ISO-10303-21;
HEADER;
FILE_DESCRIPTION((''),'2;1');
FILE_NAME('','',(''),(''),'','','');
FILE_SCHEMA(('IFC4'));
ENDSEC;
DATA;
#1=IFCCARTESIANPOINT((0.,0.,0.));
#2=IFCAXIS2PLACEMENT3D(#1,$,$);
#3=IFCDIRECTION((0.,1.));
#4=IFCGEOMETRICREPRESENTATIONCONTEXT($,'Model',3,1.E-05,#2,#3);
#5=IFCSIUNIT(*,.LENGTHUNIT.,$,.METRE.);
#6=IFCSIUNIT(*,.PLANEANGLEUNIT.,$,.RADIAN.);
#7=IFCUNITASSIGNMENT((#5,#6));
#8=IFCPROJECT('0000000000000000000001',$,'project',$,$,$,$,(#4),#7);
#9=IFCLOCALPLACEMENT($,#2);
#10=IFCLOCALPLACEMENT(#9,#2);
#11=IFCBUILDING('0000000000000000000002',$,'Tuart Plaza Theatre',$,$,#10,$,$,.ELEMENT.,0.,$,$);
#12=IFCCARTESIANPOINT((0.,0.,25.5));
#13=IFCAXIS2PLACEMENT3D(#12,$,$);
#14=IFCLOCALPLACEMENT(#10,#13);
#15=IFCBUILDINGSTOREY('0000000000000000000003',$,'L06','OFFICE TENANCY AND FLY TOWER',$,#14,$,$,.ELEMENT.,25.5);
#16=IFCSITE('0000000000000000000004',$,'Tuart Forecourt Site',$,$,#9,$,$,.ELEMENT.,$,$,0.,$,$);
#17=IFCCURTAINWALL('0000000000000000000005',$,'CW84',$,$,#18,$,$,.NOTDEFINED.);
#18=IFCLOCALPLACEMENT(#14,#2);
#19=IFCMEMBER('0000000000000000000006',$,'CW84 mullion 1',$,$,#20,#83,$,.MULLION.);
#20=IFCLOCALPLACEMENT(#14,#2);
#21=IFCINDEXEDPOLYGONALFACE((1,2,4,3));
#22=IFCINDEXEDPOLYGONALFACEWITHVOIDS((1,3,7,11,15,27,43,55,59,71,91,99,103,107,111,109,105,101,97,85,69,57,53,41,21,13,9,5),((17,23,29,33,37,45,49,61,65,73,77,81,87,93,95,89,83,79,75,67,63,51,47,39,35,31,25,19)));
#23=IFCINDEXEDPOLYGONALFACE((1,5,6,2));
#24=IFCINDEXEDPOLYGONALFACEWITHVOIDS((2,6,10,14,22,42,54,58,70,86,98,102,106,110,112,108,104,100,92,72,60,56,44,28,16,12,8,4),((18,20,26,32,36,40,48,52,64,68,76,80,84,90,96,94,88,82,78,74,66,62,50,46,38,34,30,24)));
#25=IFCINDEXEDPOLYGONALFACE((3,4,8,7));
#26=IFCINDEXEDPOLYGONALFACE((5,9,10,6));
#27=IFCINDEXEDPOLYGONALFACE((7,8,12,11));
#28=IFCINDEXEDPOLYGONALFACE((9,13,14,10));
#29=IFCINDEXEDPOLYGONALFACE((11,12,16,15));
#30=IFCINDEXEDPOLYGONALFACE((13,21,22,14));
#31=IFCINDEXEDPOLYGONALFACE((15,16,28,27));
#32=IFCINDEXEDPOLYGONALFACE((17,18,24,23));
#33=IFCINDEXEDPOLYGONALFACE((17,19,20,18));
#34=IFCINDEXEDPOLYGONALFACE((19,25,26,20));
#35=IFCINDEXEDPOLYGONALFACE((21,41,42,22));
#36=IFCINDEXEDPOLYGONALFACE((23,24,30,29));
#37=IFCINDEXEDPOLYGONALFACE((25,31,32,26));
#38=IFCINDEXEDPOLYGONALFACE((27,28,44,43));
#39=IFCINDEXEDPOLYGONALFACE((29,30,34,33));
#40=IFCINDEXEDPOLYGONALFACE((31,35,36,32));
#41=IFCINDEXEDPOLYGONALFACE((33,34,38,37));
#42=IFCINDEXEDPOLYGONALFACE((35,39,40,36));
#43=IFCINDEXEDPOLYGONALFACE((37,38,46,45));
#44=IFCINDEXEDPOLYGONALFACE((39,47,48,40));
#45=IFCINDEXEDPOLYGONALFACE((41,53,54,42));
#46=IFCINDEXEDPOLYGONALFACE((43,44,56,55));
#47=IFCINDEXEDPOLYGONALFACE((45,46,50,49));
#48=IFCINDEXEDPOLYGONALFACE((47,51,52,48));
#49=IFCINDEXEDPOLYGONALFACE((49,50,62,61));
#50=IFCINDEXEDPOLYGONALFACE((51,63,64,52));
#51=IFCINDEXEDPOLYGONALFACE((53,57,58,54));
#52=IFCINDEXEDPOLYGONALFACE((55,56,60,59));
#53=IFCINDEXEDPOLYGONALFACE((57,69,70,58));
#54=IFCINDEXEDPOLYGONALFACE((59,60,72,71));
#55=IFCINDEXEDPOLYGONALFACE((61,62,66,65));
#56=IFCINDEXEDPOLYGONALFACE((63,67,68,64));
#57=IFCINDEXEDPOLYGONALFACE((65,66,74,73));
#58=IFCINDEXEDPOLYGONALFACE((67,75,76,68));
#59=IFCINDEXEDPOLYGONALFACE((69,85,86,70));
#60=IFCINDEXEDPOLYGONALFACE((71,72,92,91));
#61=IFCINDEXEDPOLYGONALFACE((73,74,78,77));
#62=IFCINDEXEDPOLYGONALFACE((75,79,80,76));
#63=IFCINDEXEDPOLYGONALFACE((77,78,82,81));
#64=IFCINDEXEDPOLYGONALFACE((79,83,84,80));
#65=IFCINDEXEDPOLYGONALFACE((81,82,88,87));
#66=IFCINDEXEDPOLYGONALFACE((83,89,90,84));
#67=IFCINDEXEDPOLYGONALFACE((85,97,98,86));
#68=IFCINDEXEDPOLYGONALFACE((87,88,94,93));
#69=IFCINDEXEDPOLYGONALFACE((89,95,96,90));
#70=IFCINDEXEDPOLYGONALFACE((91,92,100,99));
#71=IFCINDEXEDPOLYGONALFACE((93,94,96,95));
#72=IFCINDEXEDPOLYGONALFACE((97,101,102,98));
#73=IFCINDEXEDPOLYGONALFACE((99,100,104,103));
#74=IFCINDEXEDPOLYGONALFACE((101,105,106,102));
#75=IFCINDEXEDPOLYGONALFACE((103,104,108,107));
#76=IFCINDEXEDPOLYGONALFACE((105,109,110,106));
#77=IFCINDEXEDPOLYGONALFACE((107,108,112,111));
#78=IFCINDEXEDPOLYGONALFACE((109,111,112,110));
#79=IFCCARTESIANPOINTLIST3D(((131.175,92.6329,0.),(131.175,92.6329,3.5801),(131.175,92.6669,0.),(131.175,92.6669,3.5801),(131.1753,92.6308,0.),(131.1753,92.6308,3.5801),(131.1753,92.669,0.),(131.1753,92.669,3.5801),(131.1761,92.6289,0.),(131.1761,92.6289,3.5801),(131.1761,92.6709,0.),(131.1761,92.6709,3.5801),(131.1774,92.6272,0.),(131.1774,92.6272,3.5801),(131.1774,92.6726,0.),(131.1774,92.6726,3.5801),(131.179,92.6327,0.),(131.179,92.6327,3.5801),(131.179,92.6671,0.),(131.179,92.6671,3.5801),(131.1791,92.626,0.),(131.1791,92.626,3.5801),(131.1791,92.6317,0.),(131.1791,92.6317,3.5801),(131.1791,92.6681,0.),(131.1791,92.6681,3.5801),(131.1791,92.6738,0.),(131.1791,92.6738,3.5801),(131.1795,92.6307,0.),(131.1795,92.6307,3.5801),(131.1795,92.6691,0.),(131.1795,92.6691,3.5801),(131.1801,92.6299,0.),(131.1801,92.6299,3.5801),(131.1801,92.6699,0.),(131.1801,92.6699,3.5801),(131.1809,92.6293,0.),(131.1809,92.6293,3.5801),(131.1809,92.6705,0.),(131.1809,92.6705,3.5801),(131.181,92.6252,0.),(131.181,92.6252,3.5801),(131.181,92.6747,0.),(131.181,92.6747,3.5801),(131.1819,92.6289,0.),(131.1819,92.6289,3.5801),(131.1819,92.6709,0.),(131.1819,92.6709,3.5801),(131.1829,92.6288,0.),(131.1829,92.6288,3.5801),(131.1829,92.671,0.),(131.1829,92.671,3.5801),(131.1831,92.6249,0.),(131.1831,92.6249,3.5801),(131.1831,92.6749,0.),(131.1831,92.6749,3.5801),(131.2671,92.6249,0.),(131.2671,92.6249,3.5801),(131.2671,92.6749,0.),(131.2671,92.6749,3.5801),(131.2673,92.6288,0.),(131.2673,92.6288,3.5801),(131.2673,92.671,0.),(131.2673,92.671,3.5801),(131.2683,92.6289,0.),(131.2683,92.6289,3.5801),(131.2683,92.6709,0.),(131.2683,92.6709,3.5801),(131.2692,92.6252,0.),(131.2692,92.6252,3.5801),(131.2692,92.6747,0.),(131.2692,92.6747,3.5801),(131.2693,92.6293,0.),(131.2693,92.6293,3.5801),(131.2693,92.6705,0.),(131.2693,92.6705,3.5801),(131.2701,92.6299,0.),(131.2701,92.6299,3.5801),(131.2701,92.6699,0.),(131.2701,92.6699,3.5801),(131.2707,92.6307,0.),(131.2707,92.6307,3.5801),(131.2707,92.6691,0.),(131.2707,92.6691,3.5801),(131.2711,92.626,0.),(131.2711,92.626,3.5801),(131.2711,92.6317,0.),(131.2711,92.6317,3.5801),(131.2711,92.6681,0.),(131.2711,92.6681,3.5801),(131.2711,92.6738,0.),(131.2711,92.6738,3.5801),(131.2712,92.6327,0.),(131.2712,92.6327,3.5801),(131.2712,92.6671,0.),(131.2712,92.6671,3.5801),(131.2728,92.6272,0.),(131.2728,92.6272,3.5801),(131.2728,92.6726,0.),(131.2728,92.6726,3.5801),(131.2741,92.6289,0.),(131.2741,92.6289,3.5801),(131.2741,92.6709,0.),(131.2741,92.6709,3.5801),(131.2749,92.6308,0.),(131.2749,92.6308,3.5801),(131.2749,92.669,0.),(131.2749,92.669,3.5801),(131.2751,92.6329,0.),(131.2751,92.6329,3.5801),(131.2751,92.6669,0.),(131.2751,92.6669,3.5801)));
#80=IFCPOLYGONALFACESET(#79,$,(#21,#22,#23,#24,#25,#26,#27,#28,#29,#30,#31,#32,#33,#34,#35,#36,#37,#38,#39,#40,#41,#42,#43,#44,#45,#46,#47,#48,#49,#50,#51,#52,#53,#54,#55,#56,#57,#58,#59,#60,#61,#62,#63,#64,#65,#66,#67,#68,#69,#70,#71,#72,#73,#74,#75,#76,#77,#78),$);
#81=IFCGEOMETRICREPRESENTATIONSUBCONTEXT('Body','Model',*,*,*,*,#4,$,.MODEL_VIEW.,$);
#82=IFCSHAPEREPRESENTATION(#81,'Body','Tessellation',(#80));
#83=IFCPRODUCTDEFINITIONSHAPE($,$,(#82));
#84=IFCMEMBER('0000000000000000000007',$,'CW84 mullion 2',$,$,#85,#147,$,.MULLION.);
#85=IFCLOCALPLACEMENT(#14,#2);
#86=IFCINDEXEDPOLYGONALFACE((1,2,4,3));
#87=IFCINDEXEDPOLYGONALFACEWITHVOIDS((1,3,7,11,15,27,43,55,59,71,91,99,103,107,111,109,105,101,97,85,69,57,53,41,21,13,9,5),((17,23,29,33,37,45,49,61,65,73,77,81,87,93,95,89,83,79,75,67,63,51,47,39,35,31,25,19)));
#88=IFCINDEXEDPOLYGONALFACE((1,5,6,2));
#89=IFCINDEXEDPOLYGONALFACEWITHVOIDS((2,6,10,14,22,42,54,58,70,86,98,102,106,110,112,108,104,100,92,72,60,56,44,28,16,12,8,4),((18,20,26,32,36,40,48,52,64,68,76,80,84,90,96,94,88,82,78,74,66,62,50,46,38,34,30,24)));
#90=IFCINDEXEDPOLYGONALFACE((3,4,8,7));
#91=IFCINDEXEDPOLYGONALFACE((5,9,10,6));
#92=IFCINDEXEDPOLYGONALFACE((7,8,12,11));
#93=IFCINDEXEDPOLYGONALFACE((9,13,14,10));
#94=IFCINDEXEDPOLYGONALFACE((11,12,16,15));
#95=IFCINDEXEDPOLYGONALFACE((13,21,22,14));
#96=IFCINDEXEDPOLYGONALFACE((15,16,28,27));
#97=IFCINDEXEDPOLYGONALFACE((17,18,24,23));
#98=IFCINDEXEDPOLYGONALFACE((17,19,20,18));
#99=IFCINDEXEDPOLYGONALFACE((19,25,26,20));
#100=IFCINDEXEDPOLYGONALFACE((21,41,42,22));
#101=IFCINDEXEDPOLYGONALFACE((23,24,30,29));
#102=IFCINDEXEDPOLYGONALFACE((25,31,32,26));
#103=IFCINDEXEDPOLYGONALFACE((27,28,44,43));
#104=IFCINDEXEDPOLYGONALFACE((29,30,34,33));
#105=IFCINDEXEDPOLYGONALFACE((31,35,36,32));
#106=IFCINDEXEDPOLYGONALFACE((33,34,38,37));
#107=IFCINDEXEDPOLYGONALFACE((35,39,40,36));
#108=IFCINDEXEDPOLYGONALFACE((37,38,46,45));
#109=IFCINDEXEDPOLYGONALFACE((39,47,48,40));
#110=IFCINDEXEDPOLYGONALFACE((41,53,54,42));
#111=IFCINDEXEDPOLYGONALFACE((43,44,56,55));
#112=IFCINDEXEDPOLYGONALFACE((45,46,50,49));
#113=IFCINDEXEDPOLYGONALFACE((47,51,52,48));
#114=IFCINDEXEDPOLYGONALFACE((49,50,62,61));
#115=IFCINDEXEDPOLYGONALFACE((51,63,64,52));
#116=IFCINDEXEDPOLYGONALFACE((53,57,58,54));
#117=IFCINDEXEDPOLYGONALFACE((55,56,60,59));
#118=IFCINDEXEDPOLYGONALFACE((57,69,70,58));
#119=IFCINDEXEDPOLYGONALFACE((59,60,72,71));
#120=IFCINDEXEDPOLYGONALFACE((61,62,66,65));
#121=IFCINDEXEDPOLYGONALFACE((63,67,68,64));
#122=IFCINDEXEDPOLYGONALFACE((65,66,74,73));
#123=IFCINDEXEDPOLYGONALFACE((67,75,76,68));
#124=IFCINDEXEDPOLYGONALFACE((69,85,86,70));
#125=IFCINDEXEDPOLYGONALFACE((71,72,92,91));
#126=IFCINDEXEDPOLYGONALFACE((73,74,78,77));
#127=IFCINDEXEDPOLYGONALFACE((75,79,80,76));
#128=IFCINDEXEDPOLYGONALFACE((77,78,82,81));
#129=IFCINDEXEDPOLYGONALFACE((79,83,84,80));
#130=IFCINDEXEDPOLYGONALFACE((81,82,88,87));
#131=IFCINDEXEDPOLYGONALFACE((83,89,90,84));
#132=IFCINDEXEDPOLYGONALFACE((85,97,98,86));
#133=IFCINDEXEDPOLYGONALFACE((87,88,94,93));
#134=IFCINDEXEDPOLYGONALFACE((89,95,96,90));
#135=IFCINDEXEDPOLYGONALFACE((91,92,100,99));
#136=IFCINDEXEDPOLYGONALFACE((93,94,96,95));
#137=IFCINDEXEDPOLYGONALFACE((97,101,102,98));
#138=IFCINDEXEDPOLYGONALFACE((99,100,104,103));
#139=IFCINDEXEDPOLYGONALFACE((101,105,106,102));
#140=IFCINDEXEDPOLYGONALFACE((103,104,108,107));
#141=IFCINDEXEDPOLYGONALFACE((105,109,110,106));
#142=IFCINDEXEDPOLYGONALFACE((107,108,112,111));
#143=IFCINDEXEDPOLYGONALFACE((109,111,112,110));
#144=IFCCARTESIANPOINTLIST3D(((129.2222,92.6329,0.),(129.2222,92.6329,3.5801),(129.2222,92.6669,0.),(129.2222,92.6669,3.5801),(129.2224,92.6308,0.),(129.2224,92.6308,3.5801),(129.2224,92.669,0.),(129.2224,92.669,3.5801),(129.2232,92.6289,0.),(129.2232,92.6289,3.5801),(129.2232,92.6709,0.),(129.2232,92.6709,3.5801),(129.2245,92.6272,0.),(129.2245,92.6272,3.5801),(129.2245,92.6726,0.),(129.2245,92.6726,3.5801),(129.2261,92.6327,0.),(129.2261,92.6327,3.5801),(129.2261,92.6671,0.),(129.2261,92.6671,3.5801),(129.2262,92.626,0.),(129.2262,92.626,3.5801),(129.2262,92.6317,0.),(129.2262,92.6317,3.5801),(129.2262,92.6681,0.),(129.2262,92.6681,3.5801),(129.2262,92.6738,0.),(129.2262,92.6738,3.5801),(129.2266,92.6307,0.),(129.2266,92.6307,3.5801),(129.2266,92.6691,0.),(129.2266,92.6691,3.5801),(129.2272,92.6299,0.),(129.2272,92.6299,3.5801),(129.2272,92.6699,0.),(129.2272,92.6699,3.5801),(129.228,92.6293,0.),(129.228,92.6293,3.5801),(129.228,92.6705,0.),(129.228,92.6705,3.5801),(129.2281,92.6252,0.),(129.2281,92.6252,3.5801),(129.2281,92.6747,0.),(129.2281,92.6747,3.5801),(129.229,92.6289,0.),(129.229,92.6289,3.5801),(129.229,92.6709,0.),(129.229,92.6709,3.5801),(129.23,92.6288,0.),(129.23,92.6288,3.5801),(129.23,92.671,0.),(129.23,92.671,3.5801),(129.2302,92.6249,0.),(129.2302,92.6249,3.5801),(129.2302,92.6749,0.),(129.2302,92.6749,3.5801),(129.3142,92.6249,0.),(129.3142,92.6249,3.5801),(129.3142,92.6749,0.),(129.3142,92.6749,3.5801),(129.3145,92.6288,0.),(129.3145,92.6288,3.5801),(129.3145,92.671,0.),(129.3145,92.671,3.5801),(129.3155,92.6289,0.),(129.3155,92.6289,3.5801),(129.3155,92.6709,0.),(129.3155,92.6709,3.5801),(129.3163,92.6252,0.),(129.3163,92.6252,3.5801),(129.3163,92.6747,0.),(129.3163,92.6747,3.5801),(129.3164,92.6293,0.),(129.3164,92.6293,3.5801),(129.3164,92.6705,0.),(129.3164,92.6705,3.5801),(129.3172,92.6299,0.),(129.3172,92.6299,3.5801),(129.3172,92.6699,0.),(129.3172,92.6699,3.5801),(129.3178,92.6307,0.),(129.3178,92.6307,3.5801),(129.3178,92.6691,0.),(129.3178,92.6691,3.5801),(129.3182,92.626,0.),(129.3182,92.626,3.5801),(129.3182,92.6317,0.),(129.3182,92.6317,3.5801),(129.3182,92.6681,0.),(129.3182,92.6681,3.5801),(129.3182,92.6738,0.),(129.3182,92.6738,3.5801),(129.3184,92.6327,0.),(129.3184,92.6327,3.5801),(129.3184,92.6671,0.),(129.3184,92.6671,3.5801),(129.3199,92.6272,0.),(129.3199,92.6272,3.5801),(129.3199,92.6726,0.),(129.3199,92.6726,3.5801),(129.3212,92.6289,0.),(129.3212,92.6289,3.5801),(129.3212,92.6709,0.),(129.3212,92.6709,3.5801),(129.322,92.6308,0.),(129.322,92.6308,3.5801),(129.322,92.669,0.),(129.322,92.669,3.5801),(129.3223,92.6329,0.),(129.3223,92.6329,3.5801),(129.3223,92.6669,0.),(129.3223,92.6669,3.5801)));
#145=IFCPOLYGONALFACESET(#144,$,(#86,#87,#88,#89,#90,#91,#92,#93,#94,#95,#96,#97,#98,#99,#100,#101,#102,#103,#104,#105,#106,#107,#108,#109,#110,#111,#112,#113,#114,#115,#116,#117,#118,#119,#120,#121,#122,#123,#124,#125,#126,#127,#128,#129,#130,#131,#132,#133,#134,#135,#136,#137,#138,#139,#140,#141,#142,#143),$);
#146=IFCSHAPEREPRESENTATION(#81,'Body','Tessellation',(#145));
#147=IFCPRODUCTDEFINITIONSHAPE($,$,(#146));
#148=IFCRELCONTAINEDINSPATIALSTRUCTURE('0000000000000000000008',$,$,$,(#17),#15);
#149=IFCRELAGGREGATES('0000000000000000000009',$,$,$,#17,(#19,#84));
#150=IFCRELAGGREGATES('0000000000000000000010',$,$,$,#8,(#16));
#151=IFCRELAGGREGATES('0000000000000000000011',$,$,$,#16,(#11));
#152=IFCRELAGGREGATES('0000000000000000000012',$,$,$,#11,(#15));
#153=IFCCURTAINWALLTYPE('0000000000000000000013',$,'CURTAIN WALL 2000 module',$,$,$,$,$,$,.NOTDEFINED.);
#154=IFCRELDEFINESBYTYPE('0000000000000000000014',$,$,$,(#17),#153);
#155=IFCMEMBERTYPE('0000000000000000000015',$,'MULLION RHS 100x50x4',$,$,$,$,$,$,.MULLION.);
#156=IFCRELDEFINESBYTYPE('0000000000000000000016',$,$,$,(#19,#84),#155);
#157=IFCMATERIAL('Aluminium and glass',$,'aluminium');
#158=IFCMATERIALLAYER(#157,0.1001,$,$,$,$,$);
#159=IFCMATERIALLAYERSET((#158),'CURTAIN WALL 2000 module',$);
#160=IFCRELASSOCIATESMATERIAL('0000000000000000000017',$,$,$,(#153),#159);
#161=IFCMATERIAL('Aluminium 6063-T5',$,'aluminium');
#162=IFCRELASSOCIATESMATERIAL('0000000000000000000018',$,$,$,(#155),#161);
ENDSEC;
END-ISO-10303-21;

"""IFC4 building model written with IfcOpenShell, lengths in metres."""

from ifc_helpers import new_model, si_unit, direction, frame, origin, origin_2d, place, context, subcontext, project, spatial, hollow_rectangle, extrude, material, layer, layer_set, material_profile, profile_set, type_object, element, aggregate, save


model = new_model("IFC4")

# Units and contexts
model_context = context("Model", 3, precision=1e-05, world=origin(), true_north=direction((0.0, 1.0)))
body_context = subcontext(model_context, "Body", "Model", "MODEL_VIEW")
ifc_project = project(units=[si_unit("LENGTHUNIT", "METRE"), si_unit("PLANEANGLEUNIT", "RADIAN")], contexts=[model_context])

# Site, building, storey
site_placement = place(None, origin())
site = spatial("IfcSite", under=ifc_project, at=site_placement, Name="Tuart Forecourt Site", CompositionType="ELEMENT", RefElevation=0.0)
building_placement = place(site_placement, origin())
building = spatial("IfcBuilding", under=site, at=building_placement, Name="Tuart Plaza Theatre", CompositionType="ELEMENT", ElevationOfRefHeight=0.0)
storey_placement = place(building_placement, frame((0.0, 0.0, 25.5)))
storey = spatial("IfcBuildingStorey", under=building, at=storey_placement, Name="L06", Description="OFFICE TENANCY AND FLY TOWER", CompositionType="ELEMENT", Elevation=25.5)

# Curtain wall, members
ifc_material_1 = material(Name="Aluminium and glass", Category="aluminium")
ifc_layer_1 = layer(ifc_material_1, 0.1001)
ifc_layer_set_1 = layer_set([ifc_layer_1], Name="CURTAIN WALL 2000 module")
curtain_wall_type = type_object("IfcCurtainWallType", Name="CURTAIN WALL 2000 module", PredefinedType="NOTDEFINED", material=ifc_layer_set_1)
ifc_material_2 = material(Name="Aluminium 6063-T5", Category="aluminium")
ifc_material_profile_1 = material_profile(ifc_material_2, hollow_rectangle(XDim=0.05, YDim=0.1001, WallThickness=0.0039, InnerFilletRadius=0.0039, OuterFilletRadius=0.0081, at=origin_2d()), Name="RHS 100x50x4")
ifc_profile_set_1 = profile_set([ifc_material_profile_1], Name="Aluminium 6063-T5")
member_type_1 = type_object("IfcMemberType", Name="MULLION RHS 100x50x4", PredefinedType="MULLION", material=ifc_profile_set_1)
curtain_wall_1_placement = place(storey_placement, origin())
curtain_wall_1 = element("IfcCurtainWall", 1, at=curtain_wall_1_placement, inside=storey, type_object=curtain_wall_type, Name="CW84", PredefinedType="NOTDEFINED")
member_1_placement = place(storey_placement, frame((131.2251, 92.6499, 0.0), z_axis=(0.0, 0.0, 1.0), x_axis=(0.0, -1.0, 0.0)))
member_1 = element("IfcMember", 2, at=member_1_placement, type_object=member_type_1, Name="CW84 mullion 1", PredefinedType="MULLION", context=body_context, shape_type="SweptSolid", body=[
    extrude(hollow_rectangle(XDim=0.05, YDim=0.1001, WallThickness=0.0039, InnerFilletRadius=0.0039, OuterFilletRadius=0.0081, at=origin_2d()), origin(), (0.0, 0.0, 1.0), 3.5801),
])
member_2_placement = place(storey_placement, frame((129.2722, 92.6499, 0.0), z_axis=(0.0, 0.0, 1.0), x_axis=(0.0, -1.0, 0.0)))
member_2 = element("IfcMember", 3, at=member_2_placement, type_object=member_type_1, Name="CW84 mullion 2", PredefinedType="MULLION", context=body_context, shape_type="SweptSolid", body=[
    extrude(hollow_rectangle(XDim=0.05, YDim=0.1001, WallThickness=0.0039, InnerFilletRadius=0.0039, OuterFilletRadius=0.0081, at=origin_2d()), origin(), (0.0, 0.0, 1.0), 3.5801),
])

aggregate(curtain_wall_1, [member_1, member_2])

save(model, "model.ifc")
